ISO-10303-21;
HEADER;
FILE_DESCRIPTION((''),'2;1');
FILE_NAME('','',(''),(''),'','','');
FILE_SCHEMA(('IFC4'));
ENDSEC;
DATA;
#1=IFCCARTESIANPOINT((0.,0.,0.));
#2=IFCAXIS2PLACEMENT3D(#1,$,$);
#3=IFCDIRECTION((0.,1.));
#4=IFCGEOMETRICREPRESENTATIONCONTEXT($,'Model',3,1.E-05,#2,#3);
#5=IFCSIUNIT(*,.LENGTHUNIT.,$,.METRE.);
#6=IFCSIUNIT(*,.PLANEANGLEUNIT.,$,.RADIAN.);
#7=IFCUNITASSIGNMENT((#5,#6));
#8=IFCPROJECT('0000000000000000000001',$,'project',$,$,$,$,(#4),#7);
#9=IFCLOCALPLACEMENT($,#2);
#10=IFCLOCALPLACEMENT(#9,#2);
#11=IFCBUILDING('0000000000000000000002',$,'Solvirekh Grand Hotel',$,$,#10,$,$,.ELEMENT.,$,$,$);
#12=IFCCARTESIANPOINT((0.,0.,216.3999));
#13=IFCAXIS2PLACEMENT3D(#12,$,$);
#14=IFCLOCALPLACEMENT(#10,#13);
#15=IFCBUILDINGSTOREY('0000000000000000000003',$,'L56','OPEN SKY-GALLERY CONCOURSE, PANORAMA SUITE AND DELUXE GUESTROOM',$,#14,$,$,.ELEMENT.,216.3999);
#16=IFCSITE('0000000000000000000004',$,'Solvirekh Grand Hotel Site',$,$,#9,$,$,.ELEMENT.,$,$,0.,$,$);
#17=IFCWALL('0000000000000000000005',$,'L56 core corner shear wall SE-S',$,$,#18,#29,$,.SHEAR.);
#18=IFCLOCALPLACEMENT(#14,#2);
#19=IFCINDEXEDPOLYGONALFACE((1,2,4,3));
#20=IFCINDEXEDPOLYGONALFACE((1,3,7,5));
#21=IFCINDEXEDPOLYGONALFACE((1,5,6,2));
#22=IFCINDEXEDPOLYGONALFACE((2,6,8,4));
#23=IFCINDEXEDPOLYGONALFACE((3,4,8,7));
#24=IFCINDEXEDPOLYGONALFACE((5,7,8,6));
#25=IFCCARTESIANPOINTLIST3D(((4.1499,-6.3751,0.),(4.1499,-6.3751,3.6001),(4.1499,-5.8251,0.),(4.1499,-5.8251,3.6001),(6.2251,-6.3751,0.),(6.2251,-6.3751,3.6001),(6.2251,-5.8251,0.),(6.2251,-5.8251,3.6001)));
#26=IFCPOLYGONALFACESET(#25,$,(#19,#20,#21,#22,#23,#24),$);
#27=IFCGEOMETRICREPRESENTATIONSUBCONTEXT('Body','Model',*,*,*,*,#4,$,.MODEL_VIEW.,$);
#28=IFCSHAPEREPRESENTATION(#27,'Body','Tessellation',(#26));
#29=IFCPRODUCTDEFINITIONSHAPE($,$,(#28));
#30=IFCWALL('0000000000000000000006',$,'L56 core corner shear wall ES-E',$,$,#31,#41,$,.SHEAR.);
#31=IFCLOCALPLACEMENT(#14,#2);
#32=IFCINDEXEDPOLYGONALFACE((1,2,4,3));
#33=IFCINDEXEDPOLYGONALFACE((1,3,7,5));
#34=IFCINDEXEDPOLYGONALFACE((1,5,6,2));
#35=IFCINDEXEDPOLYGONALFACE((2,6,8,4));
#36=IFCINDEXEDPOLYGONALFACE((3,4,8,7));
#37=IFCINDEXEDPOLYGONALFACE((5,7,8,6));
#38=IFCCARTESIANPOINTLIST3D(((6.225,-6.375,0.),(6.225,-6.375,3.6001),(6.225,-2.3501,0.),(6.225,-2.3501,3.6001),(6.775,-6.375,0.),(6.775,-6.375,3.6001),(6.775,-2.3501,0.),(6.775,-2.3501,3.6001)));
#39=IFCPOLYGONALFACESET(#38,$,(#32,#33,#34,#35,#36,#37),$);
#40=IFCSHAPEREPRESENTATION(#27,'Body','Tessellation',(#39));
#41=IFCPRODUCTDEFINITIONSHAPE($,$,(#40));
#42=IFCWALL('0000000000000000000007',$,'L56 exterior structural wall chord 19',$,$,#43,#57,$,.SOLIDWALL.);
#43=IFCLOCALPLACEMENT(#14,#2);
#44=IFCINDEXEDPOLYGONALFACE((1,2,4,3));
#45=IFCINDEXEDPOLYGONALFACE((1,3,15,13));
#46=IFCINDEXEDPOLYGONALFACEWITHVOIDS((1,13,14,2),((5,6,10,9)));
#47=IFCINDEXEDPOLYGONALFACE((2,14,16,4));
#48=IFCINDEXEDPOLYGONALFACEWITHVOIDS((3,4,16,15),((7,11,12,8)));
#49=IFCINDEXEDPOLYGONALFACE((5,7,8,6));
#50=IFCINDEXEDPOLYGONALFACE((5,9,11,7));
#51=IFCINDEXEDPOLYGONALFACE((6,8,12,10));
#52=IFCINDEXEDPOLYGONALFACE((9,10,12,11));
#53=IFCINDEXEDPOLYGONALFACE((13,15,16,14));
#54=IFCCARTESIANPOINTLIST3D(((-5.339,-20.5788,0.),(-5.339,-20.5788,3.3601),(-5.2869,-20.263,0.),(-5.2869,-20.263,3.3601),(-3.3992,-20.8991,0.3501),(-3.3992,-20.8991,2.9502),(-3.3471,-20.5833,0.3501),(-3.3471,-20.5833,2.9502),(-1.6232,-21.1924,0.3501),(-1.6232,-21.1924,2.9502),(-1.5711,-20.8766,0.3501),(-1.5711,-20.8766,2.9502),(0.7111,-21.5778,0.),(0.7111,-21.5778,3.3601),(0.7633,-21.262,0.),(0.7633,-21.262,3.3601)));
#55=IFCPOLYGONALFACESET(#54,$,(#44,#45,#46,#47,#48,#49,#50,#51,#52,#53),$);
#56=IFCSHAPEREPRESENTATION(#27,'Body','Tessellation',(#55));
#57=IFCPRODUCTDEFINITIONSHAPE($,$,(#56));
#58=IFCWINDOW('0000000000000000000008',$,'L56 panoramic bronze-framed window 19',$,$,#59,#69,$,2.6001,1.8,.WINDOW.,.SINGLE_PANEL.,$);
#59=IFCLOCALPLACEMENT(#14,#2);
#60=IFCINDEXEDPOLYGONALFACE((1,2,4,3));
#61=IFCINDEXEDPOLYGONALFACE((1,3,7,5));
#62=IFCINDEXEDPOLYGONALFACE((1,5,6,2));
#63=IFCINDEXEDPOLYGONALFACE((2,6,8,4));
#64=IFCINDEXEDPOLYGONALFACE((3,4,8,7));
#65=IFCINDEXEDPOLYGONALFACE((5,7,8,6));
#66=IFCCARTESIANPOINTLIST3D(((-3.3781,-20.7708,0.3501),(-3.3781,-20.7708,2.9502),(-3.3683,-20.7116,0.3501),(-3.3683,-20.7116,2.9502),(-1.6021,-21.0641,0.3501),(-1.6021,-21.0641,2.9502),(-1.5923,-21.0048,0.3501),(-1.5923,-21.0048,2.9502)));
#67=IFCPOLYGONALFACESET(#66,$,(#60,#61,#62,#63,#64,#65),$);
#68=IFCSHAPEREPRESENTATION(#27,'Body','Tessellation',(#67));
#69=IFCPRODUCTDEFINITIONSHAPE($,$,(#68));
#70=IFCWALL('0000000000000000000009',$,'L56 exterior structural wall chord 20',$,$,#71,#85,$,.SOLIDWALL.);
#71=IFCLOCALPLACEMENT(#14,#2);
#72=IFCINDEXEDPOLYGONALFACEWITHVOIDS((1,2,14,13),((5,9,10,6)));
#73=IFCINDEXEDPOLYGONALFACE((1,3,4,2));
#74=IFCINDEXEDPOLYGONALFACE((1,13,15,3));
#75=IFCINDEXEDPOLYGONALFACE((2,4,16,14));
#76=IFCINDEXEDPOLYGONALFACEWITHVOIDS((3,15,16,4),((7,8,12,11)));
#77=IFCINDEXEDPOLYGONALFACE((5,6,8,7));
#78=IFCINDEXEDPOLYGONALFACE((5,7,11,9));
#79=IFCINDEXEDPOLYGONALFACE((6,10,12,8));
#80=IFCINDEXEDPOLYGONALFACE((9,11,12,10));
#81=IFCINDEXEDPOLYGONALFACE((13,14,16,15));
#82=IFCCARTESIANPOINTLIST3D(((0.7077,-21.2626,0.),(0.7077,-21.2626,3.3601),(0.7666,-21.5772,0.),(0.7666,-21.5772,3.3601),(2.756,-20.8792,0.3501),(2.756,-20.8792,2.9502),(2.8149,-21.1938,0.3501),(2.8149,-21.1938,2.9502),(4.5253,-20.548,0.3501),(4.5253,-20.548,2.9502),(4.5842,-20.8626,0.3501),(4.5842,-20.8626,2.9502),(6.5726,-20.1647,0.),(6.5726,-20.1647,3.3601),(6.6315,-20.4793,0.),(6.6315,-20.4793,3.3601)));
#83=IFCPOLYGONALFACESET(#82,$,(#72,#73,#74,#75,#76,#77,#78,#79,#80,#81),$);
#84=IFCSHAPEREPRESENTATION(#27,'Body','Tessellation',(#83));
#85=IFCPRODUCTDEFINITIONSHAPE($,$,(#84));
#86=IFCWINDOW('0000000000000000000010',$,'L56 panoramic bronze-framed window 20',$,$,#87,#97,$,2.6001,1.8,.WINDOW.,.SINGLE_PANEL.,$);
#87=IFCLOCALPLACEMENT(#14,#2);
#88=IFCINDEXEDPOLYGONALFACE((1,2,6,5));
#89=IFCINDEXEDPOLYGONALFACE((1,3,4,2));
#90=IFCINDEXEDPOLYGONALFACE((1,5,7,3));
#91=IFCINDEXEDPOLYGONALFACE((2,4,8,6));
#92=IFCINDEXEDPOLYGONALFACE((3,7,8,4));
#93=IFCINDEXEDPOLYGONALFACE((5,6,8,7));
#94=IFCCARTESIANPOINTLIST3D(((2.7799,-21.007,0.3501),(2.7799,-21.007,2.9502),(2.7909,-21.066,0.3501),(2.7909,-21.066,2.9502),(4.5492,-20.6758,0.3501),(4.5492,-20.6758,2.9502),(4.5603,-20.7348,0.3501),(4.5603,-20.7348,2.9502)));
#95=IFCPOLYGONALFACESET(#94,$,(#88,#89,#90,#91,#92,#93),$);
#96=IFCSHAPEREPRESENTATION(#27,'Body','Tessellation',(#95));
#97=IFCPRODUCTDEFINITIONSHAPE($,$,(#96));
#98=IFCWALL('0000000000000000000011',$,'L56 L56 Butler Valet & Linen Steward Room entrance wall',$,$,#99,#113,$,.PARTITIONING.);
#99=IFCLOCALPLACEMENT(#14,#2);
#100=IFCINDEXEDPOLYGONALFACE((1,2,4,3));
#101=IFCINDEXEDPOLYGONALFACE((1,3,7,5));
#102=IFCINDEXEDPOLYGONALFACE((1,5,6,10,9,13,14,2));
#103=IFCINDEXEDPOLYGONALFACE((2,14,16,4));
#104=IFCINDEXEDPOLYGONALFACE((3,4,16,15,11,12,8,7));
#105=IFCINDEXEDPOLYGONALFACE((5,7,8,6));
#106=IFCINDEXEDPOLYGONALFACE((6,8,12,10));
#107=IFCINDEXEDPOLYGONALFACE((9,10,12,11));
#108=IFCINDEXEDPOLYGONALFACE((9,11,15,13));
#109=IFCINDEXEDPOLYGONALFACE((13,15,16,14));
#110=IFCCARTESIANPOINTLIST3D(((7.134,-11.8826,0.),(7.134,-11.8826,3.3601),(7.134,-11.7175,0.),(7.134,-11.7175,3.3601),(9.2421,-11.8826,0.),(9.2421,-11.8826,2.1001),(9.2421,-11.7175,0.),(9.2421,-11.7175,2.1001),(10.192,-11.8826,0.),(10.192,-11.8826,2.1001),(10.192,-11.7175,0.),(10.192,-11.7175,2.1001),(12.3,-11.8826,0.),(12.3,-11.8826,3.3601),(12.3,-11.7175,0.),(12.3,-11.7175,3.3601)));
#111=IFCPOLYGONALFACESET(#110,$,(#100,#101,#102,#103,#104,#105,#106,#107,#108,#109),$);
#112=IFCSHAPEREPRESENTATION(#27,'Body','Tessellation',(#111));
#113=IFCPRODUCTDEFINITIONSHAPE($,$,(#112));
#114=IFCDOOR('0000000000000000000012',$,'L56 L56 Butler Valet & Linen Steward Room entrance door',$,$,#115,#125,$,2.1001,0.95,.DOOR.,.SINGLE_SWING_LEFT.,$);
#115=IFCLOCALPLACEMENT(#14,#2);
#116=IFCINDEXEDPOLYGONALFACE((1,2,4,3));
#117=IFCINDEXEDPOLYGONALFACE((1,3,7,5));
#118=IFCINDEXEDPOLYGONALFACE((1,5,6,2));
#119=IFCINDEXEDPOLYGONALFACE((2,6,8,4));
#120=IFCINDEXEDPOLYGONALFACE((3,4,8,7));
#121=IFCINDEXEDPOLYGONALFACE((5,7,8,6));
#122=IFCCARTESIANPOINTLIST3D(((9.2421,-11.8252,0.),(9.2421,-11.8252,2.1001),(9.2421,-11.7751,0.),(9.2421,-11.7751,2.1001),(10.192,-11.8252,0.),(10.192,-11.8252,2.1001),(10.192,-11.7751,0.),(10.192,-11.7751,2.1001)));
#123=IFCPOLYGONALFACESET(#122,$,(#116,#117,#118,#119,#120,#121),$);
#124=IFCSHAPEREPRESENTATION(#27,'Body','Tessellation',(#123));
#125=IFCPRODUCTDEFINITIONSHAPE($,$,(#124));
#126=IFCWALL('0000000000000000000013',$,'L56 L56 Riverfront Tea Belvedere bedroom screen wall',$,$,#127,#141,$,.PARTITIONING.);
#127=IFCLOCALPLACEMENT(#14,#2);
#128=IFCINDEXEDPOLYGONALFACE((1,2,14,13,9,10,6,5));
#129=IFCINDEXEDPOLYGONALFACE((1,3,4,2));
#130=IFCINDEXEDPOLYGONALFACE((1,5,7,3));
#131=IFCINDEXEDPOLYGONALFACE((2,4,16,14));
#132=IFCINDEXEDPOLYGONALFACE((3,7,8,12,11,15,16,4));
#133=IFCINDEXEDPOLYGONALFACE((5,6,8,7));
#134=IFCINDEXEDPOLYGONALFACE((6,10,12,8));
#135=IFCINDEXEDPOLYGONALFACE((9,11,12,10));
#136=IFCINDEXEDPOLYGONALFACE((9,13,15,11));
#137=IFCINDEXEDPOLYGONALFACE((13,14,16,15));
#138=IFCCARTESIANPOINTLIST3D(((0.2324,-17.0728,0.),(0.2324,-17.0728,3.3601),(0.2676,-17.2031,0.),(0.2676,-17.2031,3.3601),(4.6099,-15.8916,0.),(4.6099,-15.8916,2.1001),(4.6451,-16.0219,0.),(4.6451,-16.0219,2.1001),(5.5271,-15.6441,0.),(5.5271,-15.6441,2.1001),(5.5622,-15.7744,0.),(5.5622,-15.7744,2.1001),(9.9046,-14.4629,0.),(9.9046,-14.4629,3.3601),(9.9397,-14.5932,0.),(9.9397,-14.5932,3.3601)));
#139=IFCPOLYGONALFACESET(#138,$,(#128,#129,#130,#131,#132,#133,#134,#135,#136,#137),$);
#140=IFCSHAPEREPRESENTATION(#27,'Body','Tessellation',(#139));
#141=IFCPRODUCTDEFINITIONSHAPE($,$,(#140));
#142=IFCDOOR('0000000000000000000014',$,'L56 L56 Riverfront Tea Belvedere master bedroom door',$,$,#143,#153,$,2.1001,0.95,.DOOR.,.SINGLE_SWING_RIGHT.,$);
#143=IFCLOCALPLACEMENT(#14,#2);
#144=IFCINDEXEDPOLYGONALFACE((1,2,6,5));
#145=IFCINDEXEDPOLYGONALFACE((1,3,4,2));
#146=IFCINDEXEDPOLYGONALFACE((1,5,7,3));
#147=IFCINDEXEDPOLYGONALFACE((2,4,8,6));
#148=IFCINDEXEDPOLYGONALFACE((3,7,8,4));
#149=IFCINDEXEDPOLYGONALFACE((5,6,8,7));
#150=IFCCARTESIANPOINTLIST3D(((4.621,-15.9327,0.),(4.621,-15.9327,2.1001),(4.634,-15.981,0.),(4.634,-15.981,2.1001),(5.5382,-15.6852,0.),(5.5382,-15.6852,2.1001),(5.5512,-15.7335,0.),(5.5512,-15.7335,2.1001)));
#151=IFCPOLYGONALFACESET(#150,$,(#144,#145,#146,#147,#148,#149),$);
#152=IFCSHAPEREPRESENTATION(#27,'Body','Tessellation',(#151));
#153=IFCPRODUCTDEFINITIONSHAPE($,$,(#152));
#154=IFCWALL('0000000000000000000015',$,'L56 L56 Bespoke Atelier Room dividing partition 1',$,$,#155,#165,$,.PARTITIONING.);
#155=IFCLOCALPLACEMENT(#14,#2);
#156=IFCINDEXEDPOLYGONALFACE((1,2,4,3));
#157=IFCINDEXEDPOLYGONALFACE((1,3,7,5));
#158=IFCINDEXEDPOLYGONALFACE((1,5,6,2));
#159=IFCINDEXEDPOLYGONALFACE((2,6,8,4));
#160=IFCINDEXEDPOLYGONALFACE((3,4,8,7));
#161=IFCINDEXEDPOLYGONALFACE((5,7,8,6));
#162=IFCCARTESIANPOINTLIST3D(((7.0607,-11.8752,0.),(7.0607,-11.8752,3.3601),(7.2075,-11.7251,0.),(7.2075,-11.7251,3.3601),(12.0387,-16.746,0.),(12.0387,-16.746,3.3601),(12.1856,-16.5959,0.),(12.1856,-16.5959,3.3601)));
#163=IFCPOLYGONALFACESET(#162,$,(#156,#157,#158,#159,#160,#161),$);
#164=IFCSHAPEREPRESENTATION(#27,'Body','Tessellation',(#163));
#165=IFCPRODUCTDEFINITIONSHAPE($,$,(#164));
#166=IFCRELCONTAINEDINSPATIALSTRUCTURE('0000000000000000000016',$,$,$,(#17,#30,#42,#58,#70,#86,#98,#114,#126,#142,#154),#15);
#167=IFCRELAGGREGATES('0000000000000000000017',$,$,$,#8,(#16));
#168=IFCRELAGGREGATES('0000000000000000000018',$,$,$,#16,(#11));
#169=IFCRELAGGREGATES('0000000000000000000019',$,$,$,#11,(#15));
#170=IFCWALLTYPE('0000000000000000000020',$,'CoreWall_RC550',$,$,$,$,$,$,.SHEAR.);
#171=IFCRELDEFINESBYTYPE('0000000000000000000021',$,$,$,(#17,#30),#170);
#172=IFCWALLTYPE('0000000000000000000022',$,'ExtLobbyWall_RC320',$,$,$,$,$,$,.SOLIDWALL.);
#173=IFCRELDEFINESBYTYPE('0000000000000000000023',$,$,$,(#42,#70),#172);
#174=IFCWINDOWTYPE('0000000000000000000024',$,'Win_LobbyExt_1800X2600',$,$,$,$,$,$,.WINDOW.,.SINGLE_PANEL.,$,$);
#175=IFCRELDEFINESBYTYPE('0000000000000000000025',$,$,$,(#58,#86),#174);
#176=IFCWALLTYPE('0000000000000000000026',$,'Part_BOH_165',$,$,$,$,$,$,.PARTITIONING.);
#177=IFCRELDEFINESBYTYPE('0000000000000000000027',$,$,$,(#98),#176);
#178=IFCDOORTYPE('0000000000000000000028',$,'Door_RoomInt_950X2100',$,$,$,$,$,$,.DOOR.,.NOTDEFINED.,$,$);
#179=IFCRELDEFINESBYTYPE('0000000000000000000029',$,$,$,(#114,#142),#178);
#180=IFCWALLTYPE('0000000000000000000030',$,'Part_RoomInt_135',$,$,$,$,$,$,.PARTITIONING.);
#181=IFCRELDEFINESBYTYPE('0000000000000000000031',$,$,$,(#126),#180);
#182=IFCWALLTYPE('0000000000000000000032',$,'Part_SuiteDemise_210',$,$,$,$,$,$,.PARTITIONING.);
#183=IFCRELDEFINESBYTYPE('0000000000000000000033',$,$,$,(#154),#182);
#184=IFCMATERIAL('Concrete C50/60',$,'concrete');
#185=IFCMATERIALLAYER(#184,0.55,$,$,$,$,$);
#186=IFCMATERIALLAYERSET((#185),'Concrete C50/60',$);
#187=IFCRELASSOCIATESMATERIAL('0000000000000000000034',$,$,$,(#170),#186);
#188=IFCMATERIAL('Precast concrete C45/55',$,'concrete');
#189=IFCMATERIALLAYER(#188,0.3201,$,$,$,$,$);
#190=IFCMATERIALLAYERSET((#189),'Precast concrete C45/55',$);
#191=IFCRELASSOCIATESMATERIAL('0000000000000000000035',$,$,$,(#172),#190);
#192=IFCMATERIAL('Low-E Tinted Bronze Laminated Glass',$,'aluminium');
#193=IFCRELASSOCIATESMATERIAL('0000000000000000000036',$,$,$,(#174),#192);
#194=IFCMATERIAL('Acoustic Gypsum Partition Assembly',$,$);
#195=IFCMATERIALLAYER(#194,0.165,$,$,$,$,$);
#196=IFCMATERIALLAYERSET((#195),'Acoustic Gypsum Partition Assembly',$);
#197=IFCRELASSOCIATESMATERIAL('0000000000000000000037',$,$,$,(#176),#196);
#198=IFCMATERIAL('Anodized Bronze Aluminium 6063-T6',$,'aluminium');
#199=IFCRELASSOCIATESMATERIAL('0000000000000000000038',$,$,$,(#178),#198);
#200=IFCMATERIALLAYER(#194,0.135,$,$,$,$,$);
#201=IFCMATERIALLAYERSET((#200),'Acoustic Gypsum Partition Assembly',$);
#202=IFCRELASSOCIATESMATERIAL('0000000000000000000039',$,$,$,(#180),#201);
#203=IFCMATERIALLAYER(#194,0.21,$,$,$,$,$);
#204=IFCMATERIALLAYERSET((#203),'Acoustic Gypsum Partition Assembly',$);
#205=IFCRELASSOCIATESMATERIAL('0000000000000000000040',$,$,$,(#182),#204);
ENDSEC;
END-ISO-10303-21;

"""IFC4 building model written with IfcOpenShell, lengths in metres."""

from ifc_helpers import new_model, si_unit, direction, frame, frame_2d, origin, place, context, subcontext, project, spatial, rectangle, extrude, material, layer, layer_set, type_object, element, fill, save


model = new_model("IFC4")

# Units and contexts
model_context = context("Model", 3, precision=1e-05, world=origin(), true_north=direction((0.0, 1.0)))
body_context = subcontext(model_context, "Body", "Model", "MODEL_VIEW")
ifc_project = project(units=[si_unit("LENGTHUNIT", "METRE"), si_unit("PLANEANGLEUNIT", "RADIAN")], contexts=[model_context])

# Site, building, storey
site_placement = place(None, origin())
site = spatial("IfcSite", under=ifc_project, at=site_placement, Name="Solvirekh Grand Hotel Site", CompositionType="ELEMENT", RefElevation=0.0)
building_placement = place(site_placement, origin())
building = spatial("IfcBuilding", under=site, at=building_placement, Name="Solvirekh Grand Hotel", CompositionType="ELEMENT")
storey_placement = place(building_placement, frame((0.0, 0.0, 216.3999)))
storey = spatial("IfcBuildingStorey", under=building, at=storey_placement, Name="L56", Description="OPEN SKY-GALLERY CONCOURSE, PANORAMA SUITE AND DELUXE GUESTROOM", CompositionType="ELEMENT", Elevation=216.3999)

# Shared definitions
ifc_material_1 = material(Name="Concrete C50/60", Category="concrete")

# Shared definitions
ifc_material_2 = material(Name="Anodized Bronze Aluminium 6063-T6", Category="aluminium")
ifc_material_3 = material(Name="Low-E Tinted Bronze Laminated Glass", Category="aluminium")

# Walls
ifc_layer_1 = layer(ifc_material_1, 0.55)
ifc_layer_set_1 = layer_set([ifc_layer_1], Name="Concrete C50/60")
wall_type_1 = type_object("IfcWallType", Name="CoreWall_RC550", PredefinedType="SHEAR", material=ifc_layer_set_1)
wall_1_placement = place(storey_placement, frame((4.1499, -6.1001, 0.0), z_axis=(0.0, 0.0, 1.0), x_axis=(1.0, 0.0, 0.0)))
element("IfcWall", 1, at=wall_1_placement, inside=storey, type_object=wall_type_1, Name="L56 core corner shear wall SE-S", PredefinedType="SHEAR", context=body_context, shape_type="SweptSolid", body=[
    extrude(rectangle(XDim=2.0752, YDim=0.55, at=frame_2d((1.0376, 0.0))), origin(), (0.0, 0.0, 1.0), 3.6001),
])
wall_2_placement = place(storey_placement, frame((6.5, -6.375, 0.0), z_axis=(0.0, 0.0, 1.0), x_axis=(0.0, 1.0, 0.0)))
element("IfcWall", 2, at=wall_2_placement, inside=storey, type_object=wall_type_1, Name="L56 core corner shear wall ES-E", PredefinedType="SHEAR", context=body_context, shape_type="SweptSolid", body=[
    extrude(rectangle(XDim=4.0249, YDim=0.55, at=frame_2d((2.0125, 0.0))), origin(), (0.0, 0.0, 1.0), 3.6001),
])

# Walls, openings, windows
ifc_material_4 = material(Name="Precast concrete C45/55", Category="concrete")
ifc_layer_2 = layer(ifc_material_4, 0.3201)
ifc_layer_set_2 = layer_set([ifc_layer_2], Name="Precast concrete C45/55")
wall_type_2 = type_object("IfcWallType", Name="ExtLobbyWall_RC320", PredefinedType="SOLIDWALL", material=ifc_layer_set_2)
wall_3_placement = place(storey_placement, frame((0.7371, -21.4199, 0.0), z_axis=(0.0, 0.0, 1.0), x_axis=(-0.986639, 0.16292, 0.0)))
wall_3 = element("IfcWall", 3, at=wall_3_placement, inside=storey, type_object=wall_type_2, Name="L56 exterior structural wall chord 19", PredefinedType="SOLIDWALL", context=body_context, shape_type="SweptSolid", body=[
    extrude(rectangle(XDim=6.1321, YDim=0.3201, at=frame_2d((3.0659, 0.0))), origin(), (0.0, 0.0, 1.0), 3.3601),
])
opening_1_placement = place(wall_3_placement, frame((2.366, 0.0, 0.3501)))
opening_1 = element("IfcOpeningElement", 4, at=opening_1_placement, cuts=wall_3, PredefinedType="OPENING", context=body_context, shape_type="SweptSolid", body=[
    extrude(rectangle(XDim=1.8, YDim=2.6001, at=frame_2d((0.8999, 1.3))), frame((0.0, 0.1699, 0.0), z_axis=(0.0, -1.0, 0.0), x_axis=(1.0, 0.0, 0.0)), (0.0, 0.0, 1.0), 0.3401),
])
window_type = type_object("IfcWindowType", Name="Win_LobbyExt_1800X2600", PartitioningType="SINGLE_PANEL", PredefinedType="WINDOW", material=ifc_material_3)
window_1_placement = place(opening_1_placement, origin())
window_1 = element("IfcWindow", 5, at=window_1_placement, inside=storey, type_object=window_type, Name="L56 panoramic bronze-framed window 19", OverallHeight=2.6001, OverallWidth=1.8, PartitioningType="SINGLE_PANEL", PredefinedType="WINDOW", context=body_context, shape_type="SweptSolid", body=[
    extrude(rectangle(XDim=1.8, YDim=2.6001, at=frame_2d((0.8999, 1.3))), frame((0.0, 0.03, 0.0), z_axis=(0.0, -1.0, 0.0), x_axis=(1.0, 0.0, 0.0)), (0.0, 0.0, 1.0), 0.0601),
])
fill(opening_1, window_1)
wall_4_placement = place(storey_placement, frame((6.6021, -20.322, 0.0), z_axis=(0.0, 0.0, 1.0), x_axis=(-0.982926, -0.183999, 0.0)))
wall_4 = element("IfcWall", 6, at=wall_4_placement, inside=storey, type_object=wall_type_2, Name="L56 exterior structural wall chord 20", PredefinedType="SOLIDWALL", context=body_context, shape_type="SweptSolid", body=[
    extrude(rectangle(XDim=5.9668, YDim=0.3201, at=frame_2d((2.9834, 0.0))), origin(), (0.0, 0.0, 1.0), 3.3601),
])
opening_2_placement = place(wall_4_placement, frame((2.083, 0.0, 0.3501)))
opening_2 = element("IfcOpeningElement", 7, at=opening_2_placement, cuts=wall_4, PredefinedType="OPENING", context=body_context, shape_type="SweptSolid", body=[
    extrude(rectangle(XDim=1.8, YDim=2.6001, at=frame_2d((0.8999, 1.3))), frame((0.0, 0.1699, 0.0), z_axis=(0.0, -1.0, 0.0), x_axis=(1.0, 0.0, 0.0)), (0.0, 0.0, 1.0), 0.3401),
])
window_2_placement = place(opening_2_placement, origin())
window_2 = element("IfcWindow", 8, at=window_2_placement, inside=storey, type_object=window_type, Name="L56 panoramic bronze-framed window 20", OverallHeight=2.6001, OverallWidth=1.8, PartitioningType="SINGLE_PANEL", PredefinedType="WINDOW", context=body_context, shape_type="SweptSolid", body=[
    extrude(rectangle(XDim=1.8, YDim=2.6001, at=frame_2d((0.8999, 1.3))), frame((0.0, 0.03, 0.0), z_axis=(0.0, -1.0, 0.0), x_axis=(1.0, 0.0, 0.0)), (0.0, 0.0, 1.0), 0.0601),
])
fill(opening_2, window_2)

# Walls, openings, doors
ifc_material_5 = material(Name="Acoustic Gypsum Partition Assembly")
ifc_layer_3 = layer(ifc_material_5, 0.165)
ifc_layer_set_3 = layer_set([ifc_layer_3], Name="Acoustic Gypsum Partition Assembly")
wall_type_3 = type_object("IfcWallType", Name="Part_BOH_165", PredefinedType="PARTITIONING", material=ifc_layer_set_3)
wall_5_placement = place(storey_placement, frame((7.134, -11.8, 0.0), z_axis=(0.0, 0.0, 1.0), x_axis=(1.0, 0.0, 0.0)))
wall_5 = element("IfcWall", 9, at=wall_5_placement, inside=storey, type_object=wall_type_3, Name="L56 L56 Butler Valet & Linen Steward Room entrance wall", PredefinedType="PARTITIONING", context=body_context, shape_type="SweptSolid", body=[
    extrude(rectangle(XDim=5.166, YDim=0.165, at=frame_2d((2.583, 0.0))), origin(), (0.0, 0.0, 1.0), 3.3601),
])
opening_3_placement = place(wall_5_placement, frame((2.1079, 0.0, 0.0)))
opening_3 = element("IfcOpeningElement", 10, at=opening_3_placement, cuts=wall_5, PredefinedType="OPENING", context=body_context, shape_type="SweptSolid", body=[
    extrude(rectangle(XDim=0.95, YDim=2.1001, at=frame_2d((0.4751, 1.05))), frame((0.0, 0.0925, 0.0), z_axis=(0.0, -1.0, 0.0), x_axis=(1.0, 0.0, 0.0)), (0.0, 0.0, 1.0), 0.1851),
])
door_type = type_object("IfcDoorType", Name="Door_RoomInt_950X2100", OperationType="NOTDEFINED", PredefinedType="DOOR", material=ifc_material_2)
door_1_placement = place(opening_3_placement, origin())
door_1 = element("IfcDoor", 11, at=door_1_placement, inside=storey, type_object=door_type, Name="L56 L56 Butler Valet & Linen Steward Room entrance door", OperationType="SINGLE_SWING_LEFT", OverallHeight=2.1001, OverallWidth=0.95, PredefinedType="DOOR", context=body_context, shape_type="SweptSolid", body=[
    extrude(rectangle(XDim=0.95, YDim=2.1001, at=frame_2d((0.4751, 1.05))), frame((0.0, 0.0249, 0.0), z_axis=(0.0, -1.0, 0.0), x_axis=(1.0, 0.0, 0.0)), (0.0, 0.0, 1.0), 0.05),
])
fill(opening_3, door_1)
ifc_layer_4 = layer(ifc_material_5, 0.135)
ifc_layer_set_4 = layer_set([ifc_layer_4], Name="Acoustic Gypsum Partition Assembly")
wall_type_4 = type_object("IfcWallType", Name="Part_RoomInt_135", PredefinedType="PARTITIONING", material=ifc_layer_set_4)
wall_6_placement = place(storey_placement, frame((0.25, -17.1379, 0.0), z_axis=(0.0, 0.0, 1.0), x_axis=(0.965469, 0.260516, 0.0)))
wall_6 = element("IfcWall", 12, at=wall_6_placement, inside=storey, type_object=wall_type_4, Name="L56 L56 Riverfront Tea Belvedere bedroom screen wall", PredefinedType="PARTITIONING", context=body_context, shape_type="SweptSolid", body=[
    extrude(rectangle(XDim=10.0181, YDim=0.135, at=frame_2d((5.009, 0.0))), origin(), (0.0, 0.0, 1.0), 3.3601),
])
opening_4_placement = place(wall_6_placement, frame((4.5339, 0.0, 0.0)))
opening_4 = element("IfcOpeningElement", 13, at=opening_4_placement, cuts=wall_6, PredefinedType="OPENING", context=body_context, shape_type="SweptSolid", body=[
    extrude(rectangle(XDim=0.95, YDim=2.1001, at=frame_2d((0.4751, 1.05))), frame((0.0, 0.0776, 0.0), z_axis=(0.0, -1.0, 0.0), x_axis=(1.0, 0.0, 0.0)), (0.0, 0.0, 1.0), 0.155),
])
door_2_placement = place(opening_4_placement, origin())
door_2 = element("IfcDoor", 14, at=door_2_placement, inside=storey, type_object=door_type, Name="L56 L56 Riverfront Tea Belvedere master bedroom door", OperationType="SINGLE_SWING_RIGHT", OverallHeight=2.1001, OverallWidth=0.95, PredefinedType="DOOR", context=body_context, shape_type="SweptSolid", body=[
    extrude(rectangle(XDim=0.95, YDim=2.1001, at=frame_2d((0.4751, 1.05))), frame((0.0, 0.0249, 0.0), z_axis=(0.0, -1.0, 0.0), x_axis=(1.0, 0.0, 0.0)), (0.0, 0.0, 1.0), 0.05),
])
fill(opening_4, door_2)

# Wall
ifc_layer_5 = layer(ifc_material_5, 0.21)
ifc_layer_set_5 = layer_set([ifc_layer_5], Name="Acoustic Gypsum Partition Assembly")
wall_type_5 = type_object("IfcWallType", Name="Part_SuiteDemise_210", PredefinedType="PARTITIONING", material=ifc_layer_set_5)
wall_7_placement = place(storey_placement, frame((7.134, -11.8, 0.0), z_axis=(0.0, 0.0, 1.0), x_axis=(0.714759, -0.69937, 0.0)))
element("IfcWall", 15, at=wall_7_placement, inside=storey, type_object=wall_type_5, Name="L56 L56 Bespoke Atelier Room dividing partition 1", PredefinedType="PARTITIONING", context=body_context, shape_type="SweptSolid", body=[
    extrude(rectangle(XDim=6.9646, YDim=0.21, at=frame_2d((3.4824, 0.0))), origin(), (0.0, 0.0, 1.0), 3.3601),
])

save(model, "model.ifc")
